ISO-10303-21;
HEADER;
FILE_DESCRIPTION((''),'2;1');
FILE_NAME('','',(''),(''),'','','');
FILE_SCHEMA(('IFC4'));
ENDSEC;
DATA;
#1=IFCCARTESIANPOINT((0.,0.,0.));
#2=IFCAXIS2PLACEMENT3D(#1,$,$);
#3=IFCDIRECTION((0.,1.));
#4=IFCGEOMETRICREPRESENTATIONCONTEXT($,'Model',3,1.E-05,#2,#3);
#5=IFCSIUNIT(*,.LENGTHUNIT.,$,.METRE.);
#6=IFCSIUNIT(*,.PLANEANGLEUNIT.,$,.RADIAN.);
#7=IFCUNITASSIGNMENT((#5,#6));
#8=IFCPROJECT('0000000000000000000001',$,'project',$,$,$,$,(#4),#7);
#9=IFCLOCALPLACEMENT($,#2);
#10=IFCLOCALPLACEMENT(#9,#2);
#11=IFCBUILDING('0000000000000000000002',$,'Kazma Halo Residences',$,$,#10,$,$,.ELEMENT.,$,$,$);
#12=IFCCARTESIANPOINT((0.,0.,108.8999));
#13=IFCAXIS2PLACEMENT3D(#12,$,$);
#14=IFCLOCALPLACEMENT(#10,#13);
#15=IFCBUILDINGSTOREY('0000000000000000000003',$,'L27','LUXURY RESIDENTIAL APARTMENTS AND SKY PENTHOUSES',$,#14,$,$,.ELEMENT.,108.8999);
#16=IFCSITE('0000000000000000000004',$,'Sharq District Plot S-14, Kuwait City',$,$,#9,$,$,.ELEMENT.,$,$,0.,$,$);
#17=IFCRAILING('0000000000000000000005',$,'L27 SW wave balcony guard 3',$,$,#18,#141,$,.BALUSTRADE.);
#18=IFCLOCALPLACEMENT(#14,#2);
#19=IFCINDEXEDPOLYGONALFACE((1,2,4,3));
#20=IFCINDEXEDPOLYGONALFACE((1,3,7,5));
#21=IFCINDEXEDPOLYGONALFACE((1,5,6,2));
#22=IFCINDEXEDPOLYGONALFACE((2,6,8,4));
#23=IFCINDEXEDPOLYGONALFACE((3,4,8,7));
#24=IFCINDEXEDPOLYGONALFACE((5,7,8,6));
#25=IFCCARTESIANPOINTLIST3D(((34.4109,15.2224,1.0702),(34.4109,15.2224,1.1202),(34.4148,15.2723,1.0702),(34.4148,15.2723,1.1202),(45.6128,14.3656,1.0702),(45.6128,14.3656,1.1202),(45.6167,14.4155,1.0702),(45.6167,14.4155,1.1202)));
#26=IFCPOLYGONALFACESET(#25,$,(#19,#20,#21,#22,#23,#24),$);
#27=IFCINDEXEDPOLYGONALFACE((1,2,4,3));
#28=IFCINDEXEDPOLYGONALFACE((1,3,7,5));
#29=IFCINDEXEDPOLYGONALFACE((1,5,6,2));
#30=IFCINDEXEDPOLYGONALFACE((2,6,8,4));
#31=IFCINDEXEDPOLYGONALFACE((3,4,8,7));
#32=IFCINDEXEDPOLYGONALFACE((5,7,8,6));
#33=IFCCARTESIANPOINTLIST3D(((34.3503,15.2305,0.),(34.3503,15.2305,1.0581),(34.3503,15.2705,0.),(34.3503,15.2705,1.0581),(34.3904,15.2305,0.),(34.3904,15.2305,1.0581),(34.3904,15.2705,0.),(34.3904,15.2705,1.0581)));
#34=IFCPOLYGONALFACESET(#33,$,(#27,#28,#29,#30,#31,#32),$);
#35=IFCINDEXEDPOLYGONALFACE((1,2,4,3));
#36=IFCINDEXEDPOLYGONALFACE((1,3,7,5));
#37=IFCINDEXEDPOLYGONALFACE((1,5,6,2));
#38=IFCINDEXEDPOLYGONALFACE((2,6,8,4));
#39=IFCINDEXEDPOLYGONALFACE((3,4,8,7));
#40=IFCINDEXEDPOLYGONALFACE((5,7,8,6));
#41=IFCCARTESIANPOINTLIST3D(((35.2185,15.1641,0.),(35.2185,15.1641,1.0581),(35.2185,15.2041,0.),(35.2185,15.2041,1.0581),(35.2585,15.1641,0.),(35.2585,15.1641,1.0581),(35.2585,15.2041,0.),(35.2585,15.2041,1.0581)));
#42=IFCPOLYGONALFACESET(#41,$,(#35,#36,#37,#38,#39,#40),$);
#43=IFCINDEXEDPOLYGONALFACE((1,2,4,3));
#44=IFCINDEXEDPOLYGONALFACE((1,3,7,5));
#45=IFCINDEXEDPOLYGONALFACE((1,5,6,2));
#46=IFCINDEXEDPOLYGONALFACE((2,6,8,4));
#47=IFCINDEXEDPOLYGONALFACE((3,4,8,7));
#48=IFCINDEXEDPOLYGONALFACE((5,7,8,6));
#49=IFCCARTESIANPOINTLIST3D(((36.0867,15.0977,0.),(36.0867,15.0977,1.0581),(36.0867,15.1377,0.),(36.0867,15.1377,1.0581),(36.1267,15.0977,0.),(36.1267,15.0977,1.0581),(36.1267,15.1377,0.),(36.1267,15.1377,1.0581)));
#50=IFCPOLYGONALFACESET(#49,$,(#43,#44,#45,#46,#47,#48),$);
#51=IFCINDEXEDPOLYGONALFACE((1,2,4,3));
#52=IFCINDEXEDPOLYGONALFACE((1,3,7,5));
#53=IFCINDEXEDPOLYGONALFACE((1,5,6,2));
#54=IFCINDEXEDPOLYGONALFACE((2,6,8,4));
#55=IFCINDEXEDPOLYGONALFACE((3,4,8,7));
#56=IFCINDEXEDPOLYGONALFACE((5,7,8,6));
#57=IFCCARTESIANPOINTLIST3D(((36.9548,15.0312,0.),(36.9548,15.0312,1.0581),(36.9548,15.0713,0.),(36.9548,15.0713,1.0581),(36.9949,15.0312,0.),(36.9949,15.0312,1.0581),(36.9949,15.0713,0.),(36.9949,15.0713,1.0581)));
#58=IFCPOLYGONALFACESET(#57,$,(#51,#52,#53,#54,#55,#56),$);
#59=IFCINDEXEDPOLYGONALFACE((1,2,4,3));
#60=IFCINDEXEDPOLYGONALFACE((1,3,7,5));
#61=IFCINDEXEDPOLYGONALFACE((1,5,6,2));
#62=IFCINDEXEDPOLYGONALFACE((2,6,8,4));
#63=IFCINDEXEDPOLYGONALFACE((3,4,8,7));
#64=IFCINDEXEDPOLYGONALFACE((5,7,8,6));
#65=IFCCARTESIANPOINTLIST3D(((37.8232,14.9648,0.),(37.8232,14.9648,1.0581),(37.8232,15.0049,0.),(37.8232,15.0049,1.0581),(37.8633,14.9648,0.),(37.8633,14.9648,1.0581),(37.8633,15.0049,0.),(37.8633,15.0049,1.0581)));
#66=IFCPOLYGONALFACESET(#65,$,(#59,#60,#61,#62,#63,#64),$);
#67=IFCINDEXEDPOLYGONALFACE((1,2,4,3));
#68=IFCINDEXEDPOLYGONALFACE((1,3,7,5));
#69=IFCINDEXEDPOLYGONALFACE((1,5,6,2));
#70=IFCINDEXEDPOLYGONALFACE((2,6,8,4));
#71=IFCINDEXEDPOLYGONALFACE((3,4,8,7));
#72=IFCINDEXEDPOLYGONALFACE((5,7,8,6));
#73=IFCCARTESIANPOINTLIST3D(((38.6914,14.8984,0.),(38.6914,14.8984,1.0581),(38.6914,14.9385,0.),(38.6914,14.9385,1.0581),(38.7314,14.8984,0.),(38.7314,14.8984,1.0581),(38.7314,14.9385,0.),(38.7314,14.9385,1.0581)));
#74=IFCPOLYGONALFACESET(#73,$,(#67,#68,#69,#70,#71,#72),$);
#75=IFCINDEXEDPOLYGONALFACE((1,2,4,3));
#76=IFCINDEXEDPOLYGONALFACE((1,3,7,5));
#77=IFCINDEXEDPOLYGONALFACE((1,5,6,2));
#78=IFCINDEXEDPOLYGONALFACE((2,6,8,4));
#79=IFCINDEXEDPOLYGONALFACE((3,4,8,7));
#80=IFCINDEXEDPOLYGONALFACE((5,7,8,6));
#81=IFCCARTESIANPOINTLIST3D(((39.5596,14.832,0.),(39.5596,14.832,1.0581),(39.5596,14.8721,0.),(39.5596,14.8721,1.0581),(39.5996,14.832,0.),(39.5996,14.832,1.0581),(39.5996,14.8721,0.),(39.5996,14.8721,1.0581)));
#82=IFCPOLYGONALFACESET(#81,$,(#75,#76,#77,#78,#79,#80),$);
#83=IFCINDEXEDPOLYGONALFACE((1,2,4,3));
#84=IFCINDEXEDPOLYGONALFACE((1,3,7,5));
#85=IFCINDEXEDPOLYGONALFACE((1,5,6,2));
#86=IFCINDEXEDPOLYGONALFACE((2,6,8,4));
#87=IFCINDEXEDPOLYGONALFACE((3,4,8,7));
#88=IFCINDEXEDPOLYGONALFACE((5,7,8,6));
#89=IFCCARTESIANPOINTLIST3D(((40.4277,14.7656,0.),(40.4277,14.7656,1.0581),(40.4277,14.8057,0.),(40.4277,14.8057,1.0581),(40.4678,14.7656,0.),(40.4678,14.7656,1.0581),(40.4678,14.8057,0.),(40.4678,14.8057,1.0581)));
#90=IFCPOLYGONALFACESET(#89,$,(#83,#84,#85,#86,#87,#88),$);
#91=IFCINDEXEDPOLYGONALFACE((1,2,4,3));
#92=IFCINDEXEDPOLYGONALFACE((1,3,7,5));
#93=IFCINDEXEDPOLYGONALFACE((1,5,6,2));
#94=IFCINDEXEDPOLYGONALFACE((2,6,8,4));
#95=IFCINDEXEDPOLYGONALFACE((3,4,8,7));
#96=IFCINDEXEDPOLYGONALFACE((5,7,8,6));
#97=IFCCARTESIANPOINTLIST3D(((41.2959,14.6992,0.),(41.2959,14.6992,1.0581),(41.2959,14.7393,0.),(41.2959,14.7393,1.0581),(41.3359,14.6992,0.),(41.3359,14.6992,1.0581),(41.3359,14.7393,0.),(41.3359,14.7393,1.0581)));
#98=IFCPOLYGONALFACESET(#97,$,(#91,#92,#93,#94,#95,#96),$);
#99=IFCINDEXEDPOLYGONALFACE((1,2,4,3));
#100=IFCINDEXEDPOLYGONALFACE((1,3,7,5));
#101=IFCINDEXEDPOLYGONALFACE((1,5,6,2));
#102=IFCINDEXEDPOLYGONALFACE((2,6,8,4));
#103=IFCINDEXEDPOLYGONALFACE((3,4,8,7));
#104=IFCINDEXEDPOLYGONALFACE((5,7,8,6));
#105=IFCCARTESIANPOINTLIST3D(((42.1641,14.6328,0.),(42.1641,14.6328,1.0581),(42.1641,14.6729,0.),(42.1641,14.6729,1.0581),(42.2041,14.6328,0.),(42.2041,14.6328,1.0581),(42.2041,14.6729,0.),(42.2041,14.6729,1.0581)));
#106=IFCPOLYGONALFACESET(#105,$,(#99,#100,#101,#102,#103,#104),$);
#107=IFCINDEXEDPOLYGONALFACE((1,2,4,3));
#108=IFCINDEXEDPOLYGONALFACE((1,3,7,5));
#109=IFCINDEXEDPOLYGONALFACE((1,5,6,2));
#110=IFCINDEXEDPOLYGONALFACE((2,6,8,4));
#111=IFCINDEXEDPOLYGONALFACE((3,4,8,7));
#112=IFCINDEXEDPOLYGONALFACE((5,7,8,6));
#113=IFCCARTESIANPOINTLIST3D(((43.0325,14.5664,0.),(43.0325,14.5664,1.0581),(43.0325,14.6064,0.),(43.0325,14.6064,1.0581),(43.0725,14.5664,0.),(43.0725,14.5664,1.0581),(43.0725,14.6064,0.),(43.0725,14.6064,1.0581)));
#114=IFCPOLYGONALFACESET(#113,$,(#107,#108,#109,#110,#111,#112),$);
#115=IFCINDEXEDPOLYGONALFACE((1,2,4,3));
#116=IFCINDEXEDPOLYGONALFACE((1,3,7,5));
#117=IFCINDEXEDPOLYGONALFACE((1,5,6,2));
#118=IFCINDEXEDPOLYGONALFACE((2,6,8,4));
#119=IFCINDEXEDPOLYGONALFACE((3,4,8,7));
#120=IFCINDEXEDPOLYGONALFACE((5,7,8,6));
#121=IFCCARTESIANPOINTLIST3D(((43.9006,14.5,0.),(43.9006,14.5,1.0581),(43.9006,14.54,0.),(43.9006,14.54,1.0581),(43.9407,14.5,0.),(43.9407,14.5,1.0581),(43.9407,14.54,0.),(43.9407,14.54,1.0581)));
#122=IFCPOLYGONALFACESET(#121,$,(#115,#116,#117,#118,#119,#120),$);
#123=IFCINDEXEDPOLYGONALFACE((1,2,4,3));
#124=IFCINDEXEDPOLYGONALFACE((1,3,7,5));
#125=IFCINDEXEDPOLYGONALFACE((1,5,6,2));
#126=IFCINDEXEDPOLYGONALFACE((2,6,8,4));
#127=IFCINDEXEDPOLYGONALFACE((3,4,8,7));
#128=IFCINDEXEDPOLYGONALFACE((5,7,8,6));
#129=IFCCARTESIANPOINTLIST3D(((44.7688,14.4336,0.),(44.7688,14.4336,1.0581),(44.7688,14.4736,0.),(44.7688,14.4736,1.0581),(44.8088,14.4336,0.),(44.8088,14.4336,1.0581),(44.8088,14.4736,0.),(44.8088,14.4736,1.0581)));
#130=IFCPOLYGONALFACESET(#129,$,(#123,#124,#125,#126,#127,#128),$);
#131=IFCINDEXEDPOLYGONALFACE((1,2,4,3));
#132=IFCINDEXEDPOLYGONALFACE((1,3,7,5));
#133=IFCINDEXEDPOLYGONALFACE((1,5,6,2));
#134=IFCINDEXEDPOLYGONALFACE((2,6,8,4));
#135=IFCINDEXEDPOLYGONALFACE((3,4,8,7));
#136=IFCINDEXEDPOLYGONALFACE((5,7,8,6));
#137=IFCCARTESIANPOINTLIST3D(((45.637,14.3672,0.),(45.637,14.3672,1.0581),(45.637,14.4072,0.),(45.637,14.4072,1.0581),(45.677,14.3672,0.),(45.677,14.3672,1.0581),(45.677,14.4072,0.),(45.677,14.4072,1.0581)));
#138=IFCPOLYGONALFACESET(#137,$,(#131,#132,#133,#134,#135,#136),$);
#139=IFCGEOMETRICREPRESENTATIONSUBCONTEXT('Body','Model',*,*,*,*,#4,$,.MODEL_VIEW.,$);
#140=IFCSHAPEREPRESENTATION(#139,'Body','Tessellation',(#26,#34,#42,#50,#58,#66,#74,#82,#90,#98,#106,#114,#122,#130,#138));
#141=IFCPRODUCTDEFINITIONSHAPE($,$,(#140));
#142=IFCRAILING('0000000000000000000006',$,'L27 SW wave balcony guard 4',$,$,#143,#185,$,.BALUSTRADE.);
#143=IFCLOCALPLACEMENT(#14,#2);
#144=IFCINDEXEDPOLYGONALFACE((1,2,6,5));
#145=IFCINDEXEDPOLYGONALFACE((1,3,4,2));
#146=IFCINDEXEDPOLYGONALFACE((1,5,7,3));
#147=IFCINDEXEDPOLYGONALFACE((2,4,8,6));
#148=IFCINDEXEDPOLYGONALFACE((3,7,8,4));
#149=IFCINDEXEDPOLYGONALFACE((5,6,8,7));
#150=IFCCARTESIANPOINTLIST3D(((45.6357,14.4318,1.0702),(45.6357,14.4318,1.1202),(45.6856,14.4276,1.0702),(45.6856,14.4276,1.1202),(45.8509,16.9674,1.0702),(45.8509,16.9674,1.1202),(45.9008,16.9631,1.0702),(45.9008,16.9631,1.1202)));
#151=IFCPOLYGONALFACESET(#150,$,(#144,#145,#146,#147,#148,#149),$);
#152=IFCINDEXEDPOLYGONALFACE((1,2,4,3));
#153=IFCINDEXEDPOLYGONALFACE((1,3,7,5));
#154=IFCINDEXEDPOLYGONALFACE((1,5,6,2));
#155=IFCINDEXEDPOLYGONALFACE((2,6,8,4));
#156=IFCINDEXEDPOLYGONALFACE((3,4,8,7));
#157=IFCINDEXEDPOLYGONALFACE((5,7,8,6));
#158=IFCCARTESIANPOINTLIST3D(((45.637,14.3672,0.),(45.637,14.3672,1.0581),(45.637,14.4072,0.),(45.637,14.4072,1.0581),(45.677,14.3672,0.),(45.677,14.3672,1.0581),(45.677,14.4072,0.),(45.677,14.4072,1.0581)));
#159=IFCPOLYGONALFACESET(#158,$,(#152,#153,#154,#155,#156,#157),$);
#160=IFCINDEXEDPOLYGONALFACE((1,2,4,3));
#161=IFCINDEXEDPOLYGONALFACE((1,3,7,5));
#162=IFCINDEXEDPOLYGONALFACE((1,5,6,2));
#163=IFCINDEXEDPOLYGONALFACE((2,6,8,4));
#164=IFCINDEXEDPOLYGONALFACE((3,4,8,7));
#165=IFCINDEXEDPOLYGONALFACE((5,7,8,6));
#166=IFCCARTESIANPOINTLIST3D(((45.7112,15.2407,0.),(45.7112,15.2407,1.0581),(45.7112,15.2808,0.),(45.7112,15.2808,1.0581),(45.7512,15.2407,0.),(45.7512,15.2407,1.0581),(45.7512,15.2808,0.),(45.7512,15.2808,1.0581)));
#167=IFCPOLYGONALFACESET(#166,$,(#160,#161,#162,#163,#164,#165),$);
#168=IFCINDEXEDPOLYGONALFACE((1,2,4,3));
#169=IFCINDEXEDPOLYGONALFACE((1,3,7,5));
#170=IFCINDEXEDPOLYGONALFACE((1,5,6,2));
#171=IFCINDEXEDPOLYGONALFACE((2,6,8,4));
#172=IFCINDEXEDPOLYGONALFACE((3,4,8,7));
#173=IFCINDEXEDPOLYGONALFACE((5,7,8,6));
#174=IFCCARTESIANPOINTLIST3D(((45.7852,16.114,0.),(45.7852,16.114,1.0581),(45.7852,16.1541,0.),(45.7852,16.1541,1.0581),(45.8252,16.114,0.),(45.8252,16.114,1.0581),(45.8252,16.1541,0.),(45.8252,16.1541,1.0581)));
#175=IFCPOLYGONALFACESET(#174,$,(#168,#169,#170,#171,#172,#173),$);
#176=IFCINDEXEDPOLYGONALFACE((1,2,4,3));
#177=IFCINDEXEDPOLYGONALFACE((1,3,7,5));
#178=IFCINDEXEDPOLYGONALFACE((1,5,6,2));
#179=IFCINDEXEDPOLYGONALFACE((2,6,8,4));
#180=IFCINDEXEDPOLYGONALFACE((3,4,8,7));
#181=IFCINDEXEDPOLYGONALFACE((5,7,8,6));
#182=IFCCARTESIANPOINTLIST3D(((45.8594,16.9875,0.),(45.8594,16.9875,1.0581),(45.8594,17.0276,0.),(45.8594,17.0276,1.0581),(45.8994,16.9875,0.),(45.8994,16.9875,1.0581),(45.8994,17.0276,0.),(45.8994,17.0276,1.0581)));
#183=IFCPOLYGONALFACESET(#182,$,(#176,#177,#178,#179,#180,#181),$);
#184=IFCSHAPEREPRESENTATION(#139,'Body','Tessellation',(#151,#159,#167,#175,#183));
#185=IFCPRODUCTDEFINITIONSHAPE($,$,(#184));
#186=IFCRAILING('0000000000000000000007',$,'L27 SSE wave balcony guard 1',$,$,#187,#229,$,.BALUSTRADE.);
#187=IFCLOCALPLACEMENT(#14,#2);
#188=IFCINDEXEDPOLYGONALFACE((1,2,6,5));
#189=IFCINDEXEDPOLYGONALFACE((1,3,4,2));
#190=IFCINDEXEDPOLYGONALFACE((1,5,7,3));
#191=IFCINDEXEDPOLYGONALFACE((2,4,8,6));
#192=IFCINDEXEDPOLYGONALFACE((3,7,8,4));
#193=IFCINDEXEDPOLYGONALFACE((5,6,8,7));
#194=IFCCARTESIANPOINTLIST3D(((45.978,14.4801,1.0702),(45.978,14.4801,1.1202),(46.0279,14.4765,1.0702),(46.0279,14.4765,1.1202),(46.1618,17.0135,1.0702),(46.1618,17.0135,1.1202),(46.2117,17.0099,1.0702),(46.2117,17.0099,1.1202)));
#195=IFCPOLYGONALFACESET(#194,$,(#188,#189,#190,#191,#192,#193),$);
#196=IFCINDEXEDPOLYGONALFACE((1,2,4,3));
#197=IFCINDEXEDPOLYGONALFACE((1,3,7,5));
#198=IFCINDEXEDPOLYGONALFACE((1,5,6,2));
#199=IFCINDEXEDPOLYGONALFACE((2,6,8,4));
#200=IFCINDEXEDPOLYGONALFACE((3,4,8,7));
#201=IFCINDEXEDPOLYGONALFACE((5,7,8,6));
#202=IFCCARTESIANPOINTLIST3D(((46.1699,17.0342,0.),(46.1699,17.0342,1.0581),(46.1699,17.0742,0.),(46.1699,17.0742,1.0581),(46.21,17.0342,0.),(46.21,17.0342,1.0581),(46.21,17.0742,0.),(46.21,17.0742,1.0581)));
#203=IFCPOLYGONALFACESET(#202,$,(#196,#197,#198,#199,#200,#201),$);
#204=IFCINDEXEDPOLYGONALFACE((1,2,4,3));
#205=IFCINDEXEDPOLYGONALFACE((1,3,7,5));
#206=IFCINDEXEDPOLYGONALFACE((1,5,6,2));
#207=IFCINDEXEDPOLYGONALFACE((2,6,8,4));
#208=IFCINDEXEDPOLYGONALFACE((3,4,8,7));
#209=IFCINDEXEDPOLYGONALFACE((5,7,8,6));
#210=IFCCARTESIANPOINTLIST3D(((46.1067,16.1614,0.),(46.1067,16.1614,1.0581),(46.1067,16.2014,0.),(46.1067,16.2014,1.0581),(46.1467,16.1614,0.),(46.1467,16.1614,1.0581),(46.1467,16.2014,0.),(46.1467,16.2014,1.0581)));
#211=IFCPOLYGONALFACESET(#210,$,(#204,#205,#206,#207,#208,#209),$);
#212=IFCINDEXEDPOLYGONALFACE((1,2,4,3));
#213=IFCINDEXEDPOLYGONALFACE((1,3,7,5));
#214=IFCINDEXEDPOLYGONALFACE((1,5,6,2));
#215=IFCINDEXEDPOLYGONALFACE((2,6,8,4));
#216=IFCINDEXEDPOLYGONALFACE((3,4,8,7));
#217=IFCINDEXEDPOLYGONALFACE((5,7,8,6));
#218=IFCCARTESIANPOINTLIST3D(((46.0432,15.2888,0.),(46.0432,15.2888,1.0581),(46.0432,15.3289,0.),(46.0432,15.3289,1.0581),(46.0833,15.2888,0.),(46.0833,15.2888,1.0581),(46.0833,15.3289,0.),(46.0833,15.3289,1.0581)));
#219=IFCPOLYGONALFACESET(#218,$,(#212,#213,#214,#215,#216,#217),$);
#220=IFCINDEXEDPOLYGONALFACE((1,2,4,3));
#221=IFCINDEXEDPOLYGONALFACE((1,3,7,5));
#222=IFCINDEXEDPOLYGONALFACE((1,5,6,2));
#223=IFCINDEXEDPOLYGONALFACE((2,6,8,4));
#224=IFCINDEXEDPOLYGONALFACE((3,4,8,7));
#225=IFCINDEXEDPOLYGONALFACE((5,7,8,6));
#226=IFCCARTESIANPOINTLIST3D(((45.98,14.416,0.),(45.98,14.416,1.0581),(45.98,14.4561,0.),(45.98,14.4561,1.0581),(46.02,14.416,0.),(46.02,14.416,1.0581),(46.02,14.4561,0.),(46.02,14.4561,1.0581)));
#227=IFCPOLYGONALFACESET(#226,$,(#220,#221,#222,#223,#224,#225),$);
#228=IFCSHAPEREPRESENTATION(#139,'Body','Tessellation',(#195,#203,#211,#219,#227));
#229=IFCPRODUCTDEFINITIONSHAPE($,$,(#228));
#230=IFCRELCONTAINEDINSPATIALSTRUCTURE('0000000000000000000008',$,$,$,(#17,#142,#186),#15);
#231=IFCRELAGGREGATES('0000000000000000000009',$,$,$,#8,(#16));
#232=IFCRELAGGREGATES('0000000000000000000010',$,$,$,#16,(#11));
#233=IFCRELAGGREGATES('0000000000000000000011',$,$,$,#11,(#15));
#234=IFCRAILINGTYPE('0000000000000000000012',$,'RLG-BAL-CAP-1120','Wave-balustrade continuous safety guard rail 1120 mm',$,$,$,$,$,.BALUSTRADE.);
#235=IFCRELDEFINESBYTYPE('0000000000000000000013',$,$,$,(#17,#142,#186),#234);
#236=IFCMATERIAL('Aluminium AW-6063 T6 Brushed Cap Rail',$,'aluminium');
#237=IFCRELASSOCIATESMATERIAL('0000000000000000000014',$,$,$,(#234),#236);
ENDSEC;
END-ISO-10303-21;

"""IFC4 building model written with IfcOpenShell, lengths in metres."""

from ifc_helpers import new_model, si_unit, direction, frame, origin, origin_2d, place, context, subcontext, project, spatial, rectangle, extrude, material, type_object, element, save


model = new_model("IFC4")

# Units and contexts
model_context = context("Model", 3, precision=1e-05, world=origin(), true_north=direction((0.0, 1.0)))
body_context = subcontext(model_context, "Body", "Model", "MODEL_VIEW")
ifc_project = project(units=[si_unit("LENGTHUNIT", "METRE"), si_unit("PLANEANGLEUNIT", "RADIAN")], contexts=[model_context])

# Site, building, storey
site_placement = place(None, origin())
site = spatial("IfcSite", under=ifc_project, at=site_placement, Name="Sharq District Plot S-14, Kuwait City", CompositionType="ELEMENT", RefElevation=0.0)
building_placement = place(site_placement, origin())
building = spatial("IfcBuilding", under=site, at=building_placement, Name="Kazma Halo Residences", CompositionType="ELEMENT")
storey_placement = place(building_placement, frame((0.0, 0.0, 108.8999)))
storey = spatial("IfcBuildingStorey", under=building, at=storey_placement, Name="L27", Description="LUXURY RESIDENTIAL APARTMENTS AND SKY PENTHOUSES", CompositionType="ELEMENT", Elevation=108.8999)

# Railings
ifc_material_1 = material(Name="Aluminium AW-6063 T6 Brushed Cap Rail", Category="aluminium")
railing_type = type_object("IfcRailingType", Name="RLG-BAL-CAP-1120", Description="Wave-balustrade continuous safety guard rail 1120 mm", PredefinedType="BALUSTRADE", material=ifc_material_1)
railing_1_placement = place(storey_placement, frame((34.3704, 15.2505, 0.0)))
element("IfcRailing", 1, at=railing_1_placement, inside=storey, type_object=railing_type, Name="L27 SW wave balcony guard 3", PredefinedType="BALUSTRADE", context=body_context, shape_type="SweptSolid", body=[
    extrude(rectangle(XDim=0.05, YDim=0.05, at=origin_2d()), frame((0.0425, -0.0032, 1.0952), z_axis=(0.997088, -0.076264, 0.0), x_axis=(0.076264, 0.997088, 0.0)), (0.0, 0.0, 1.0), 11.2346),
    extrude(rectangle(XDim=0.04, YDim=0.04, at=origin_2d()), origin(), (0.0, 0.0, 1.0), 1.0581),
    extrude(rectangle(XDim=0.04, YDim=0.04, at=origin_2d()), frame((0.8682, -0.0664, 0.0)), (0.0, 0.0, 1.0), 1.0581),
    extrude(rectangle(XDim=0.04, YDim=0.04, at=origin_2d()), frame((1.7363, -0.1328, 0.0)), (0.0, 0.0, 1.0), 1.0581),
    extrude(rectangle(XDim=0.04, YDim=0.04, at=origin_2d()), frame((2.6045, -0.1992, 0.0)), (0.0, 0.0, 1.0), 1.0581),
    extrude(rectangle(XDim=0.04, YDim=0.04, at=origin_2d()), frame((3.4729, -0.2656, 0.0)), (0.0, 0.0, 1.0), 1.0581),
    extrude(rectangle(XDim=0.04, YDim=0.04, at=origin_2d()), frame((4.3411, -0.332, 0.0)), (0.0, 0.0, 1.0), 1.0581),
    extrude(rectangle(XDim=0.04, YDim=0.04, at=origin_2d()), frame((5.2092, -0.3984, 0.0)), (0.0, 0.0, 1.0), 1.0581),
    extrude(rectangle(XDim=0.04, YDim=0.04, at=origin_2d()), frame((6.0774, -0.4648, 0.0)), (0.0, 0.0, 1.0), 1.0581),
    extrude(rectangle(XDim=0.04, YDim=0.04, at=origin_2d()), frame((6.9456, -0.5312, 0.0)), (0.0, 0.0, 1.0), 1.0581),
    extrude(rectangle(XDim=0.04, YDim=0.04, at=origin_2d()), frame((7.8137, -0.5977, 0.0)), (0.0, 0.0, 1.0), 1.0581),
    extrude(rectangle(XDim=0.04, YDim=0.04, at=origin_2d()), frame((8.6821, -0.6641, 0.0)), (0.0, 0.0, 1.0), 1.0581),
    extrude(rectangle(XDim=0.04, YDim=0.04, at=origin_2d()), frame((9.5503, -0.7305, 0.0)), (0.0, 0.0, 1.0), 1.0581),
    extrude(rectangle(XDim=0.04, YDim=0.04, at=origin_2d()), frame((10.4185, -0.7969, 0.0)), (0.0, 0.0, 1.0), 1.0581),
    extrude(rectangle(XDim=0.04, YDim=0.04, at=origin_2d()), frame((11.2866, -0.8633, 0.0)), (0.0, 0.0, 1.0), 1.0581),
])
railing_2_placement = place(storey_placement, frame((45.657, 14.3872, 0.0)))
element("IfcRailing", 2, at=railing_2_placement, inside=storey, type_object=railing_type, Name="L27 SW wave balcony guard 4", PredefinedType="BALUSTRADE", context=body_context, shape_type="SweptSolid", body=[
    extrude(rectangle(XDim=0.05, YDim=0.05, at=origin_2d()), frame((0.0037, 0.0425, 1.0952), z_axis=(0.084574, 0.996417, 0.0), x_axis=(-0.996417, 0.084574, 0.0)), (0.0, 0.0, 1.0), 2.5447),
    extrude(rectangle(XDim=0.04, YDim=0.04, at=origin_2d()), origin(), (0.0, 0.0, 1.0), 1.0581),
    extrude(rectangle(XDim=0.04, YDim=0.04, at=origin_2d()), frame((0.0742, 0.8735, 0.0)), (0.0, 0.0, 1.0), 1.0581),
    extrude(rectangle(XDim=0.04, YDim=0.04, at=origin_2d()), frame((0.1482, 1.7468, 0.0)), (0.0, 0.0, 1.0), 1.0581),
    extrude(rectangle(XDim=0.04, YDim=0.04, at=origin_2d()), frame((0.2224, 2.6204, 0.0)), (0.0, 0.0, 1.0), 1.0581),
])
railing_3_placement = place(storey_placement, frame((46.1899, 17.0542, 0.0)))
element("IfcRailing", 3, at=railing_3_placement, inside=storey, type_object=railing_type, Name="L27 SSE wave balcony guard 1", PredefinedType="BALUSTRADE", context=body_context, shape_type="SweptSolid", body=[
    extrude(rectangle(XDim=0.05, YDim=0.05, at=origin_2d()), frame((-0.0032, -0.0425, 1.0952), z_axis=(-0.072357, -0.997379, 0.0), x_axis=(0.997379, -0.072357, 0.0)), (0.0, 0.0, 1.0), 2.54),
    extrude(rectangle(XDim=0.04, YDim=0.04, at=origin_2d()), origin(), (0.0, 0.0, 1.0), 1.0581),
    extrude(rectangle(XDim=0.04, YDim=0.04, at=origin_2d()), frame((-0.0632, -0.8728, 0.0)), (0.0, 0.0, 1.0), 1.0581),
    extrude(rectangle(XDim=0.04, YDim=0.04, at=origin_2d()), frame((-0.1267, -1.7454, 0.0)), (0.0, 0.0, 1.0), 1.0581),
    extrude(rectangle(XDim=0.04, YDim=0.04, at=origin_2d()), frame((-0.1899, -2.6182, 0.0)), (0.0, 0.0, 1.0), 1.0581),
])

save(model, "model.ifc")
